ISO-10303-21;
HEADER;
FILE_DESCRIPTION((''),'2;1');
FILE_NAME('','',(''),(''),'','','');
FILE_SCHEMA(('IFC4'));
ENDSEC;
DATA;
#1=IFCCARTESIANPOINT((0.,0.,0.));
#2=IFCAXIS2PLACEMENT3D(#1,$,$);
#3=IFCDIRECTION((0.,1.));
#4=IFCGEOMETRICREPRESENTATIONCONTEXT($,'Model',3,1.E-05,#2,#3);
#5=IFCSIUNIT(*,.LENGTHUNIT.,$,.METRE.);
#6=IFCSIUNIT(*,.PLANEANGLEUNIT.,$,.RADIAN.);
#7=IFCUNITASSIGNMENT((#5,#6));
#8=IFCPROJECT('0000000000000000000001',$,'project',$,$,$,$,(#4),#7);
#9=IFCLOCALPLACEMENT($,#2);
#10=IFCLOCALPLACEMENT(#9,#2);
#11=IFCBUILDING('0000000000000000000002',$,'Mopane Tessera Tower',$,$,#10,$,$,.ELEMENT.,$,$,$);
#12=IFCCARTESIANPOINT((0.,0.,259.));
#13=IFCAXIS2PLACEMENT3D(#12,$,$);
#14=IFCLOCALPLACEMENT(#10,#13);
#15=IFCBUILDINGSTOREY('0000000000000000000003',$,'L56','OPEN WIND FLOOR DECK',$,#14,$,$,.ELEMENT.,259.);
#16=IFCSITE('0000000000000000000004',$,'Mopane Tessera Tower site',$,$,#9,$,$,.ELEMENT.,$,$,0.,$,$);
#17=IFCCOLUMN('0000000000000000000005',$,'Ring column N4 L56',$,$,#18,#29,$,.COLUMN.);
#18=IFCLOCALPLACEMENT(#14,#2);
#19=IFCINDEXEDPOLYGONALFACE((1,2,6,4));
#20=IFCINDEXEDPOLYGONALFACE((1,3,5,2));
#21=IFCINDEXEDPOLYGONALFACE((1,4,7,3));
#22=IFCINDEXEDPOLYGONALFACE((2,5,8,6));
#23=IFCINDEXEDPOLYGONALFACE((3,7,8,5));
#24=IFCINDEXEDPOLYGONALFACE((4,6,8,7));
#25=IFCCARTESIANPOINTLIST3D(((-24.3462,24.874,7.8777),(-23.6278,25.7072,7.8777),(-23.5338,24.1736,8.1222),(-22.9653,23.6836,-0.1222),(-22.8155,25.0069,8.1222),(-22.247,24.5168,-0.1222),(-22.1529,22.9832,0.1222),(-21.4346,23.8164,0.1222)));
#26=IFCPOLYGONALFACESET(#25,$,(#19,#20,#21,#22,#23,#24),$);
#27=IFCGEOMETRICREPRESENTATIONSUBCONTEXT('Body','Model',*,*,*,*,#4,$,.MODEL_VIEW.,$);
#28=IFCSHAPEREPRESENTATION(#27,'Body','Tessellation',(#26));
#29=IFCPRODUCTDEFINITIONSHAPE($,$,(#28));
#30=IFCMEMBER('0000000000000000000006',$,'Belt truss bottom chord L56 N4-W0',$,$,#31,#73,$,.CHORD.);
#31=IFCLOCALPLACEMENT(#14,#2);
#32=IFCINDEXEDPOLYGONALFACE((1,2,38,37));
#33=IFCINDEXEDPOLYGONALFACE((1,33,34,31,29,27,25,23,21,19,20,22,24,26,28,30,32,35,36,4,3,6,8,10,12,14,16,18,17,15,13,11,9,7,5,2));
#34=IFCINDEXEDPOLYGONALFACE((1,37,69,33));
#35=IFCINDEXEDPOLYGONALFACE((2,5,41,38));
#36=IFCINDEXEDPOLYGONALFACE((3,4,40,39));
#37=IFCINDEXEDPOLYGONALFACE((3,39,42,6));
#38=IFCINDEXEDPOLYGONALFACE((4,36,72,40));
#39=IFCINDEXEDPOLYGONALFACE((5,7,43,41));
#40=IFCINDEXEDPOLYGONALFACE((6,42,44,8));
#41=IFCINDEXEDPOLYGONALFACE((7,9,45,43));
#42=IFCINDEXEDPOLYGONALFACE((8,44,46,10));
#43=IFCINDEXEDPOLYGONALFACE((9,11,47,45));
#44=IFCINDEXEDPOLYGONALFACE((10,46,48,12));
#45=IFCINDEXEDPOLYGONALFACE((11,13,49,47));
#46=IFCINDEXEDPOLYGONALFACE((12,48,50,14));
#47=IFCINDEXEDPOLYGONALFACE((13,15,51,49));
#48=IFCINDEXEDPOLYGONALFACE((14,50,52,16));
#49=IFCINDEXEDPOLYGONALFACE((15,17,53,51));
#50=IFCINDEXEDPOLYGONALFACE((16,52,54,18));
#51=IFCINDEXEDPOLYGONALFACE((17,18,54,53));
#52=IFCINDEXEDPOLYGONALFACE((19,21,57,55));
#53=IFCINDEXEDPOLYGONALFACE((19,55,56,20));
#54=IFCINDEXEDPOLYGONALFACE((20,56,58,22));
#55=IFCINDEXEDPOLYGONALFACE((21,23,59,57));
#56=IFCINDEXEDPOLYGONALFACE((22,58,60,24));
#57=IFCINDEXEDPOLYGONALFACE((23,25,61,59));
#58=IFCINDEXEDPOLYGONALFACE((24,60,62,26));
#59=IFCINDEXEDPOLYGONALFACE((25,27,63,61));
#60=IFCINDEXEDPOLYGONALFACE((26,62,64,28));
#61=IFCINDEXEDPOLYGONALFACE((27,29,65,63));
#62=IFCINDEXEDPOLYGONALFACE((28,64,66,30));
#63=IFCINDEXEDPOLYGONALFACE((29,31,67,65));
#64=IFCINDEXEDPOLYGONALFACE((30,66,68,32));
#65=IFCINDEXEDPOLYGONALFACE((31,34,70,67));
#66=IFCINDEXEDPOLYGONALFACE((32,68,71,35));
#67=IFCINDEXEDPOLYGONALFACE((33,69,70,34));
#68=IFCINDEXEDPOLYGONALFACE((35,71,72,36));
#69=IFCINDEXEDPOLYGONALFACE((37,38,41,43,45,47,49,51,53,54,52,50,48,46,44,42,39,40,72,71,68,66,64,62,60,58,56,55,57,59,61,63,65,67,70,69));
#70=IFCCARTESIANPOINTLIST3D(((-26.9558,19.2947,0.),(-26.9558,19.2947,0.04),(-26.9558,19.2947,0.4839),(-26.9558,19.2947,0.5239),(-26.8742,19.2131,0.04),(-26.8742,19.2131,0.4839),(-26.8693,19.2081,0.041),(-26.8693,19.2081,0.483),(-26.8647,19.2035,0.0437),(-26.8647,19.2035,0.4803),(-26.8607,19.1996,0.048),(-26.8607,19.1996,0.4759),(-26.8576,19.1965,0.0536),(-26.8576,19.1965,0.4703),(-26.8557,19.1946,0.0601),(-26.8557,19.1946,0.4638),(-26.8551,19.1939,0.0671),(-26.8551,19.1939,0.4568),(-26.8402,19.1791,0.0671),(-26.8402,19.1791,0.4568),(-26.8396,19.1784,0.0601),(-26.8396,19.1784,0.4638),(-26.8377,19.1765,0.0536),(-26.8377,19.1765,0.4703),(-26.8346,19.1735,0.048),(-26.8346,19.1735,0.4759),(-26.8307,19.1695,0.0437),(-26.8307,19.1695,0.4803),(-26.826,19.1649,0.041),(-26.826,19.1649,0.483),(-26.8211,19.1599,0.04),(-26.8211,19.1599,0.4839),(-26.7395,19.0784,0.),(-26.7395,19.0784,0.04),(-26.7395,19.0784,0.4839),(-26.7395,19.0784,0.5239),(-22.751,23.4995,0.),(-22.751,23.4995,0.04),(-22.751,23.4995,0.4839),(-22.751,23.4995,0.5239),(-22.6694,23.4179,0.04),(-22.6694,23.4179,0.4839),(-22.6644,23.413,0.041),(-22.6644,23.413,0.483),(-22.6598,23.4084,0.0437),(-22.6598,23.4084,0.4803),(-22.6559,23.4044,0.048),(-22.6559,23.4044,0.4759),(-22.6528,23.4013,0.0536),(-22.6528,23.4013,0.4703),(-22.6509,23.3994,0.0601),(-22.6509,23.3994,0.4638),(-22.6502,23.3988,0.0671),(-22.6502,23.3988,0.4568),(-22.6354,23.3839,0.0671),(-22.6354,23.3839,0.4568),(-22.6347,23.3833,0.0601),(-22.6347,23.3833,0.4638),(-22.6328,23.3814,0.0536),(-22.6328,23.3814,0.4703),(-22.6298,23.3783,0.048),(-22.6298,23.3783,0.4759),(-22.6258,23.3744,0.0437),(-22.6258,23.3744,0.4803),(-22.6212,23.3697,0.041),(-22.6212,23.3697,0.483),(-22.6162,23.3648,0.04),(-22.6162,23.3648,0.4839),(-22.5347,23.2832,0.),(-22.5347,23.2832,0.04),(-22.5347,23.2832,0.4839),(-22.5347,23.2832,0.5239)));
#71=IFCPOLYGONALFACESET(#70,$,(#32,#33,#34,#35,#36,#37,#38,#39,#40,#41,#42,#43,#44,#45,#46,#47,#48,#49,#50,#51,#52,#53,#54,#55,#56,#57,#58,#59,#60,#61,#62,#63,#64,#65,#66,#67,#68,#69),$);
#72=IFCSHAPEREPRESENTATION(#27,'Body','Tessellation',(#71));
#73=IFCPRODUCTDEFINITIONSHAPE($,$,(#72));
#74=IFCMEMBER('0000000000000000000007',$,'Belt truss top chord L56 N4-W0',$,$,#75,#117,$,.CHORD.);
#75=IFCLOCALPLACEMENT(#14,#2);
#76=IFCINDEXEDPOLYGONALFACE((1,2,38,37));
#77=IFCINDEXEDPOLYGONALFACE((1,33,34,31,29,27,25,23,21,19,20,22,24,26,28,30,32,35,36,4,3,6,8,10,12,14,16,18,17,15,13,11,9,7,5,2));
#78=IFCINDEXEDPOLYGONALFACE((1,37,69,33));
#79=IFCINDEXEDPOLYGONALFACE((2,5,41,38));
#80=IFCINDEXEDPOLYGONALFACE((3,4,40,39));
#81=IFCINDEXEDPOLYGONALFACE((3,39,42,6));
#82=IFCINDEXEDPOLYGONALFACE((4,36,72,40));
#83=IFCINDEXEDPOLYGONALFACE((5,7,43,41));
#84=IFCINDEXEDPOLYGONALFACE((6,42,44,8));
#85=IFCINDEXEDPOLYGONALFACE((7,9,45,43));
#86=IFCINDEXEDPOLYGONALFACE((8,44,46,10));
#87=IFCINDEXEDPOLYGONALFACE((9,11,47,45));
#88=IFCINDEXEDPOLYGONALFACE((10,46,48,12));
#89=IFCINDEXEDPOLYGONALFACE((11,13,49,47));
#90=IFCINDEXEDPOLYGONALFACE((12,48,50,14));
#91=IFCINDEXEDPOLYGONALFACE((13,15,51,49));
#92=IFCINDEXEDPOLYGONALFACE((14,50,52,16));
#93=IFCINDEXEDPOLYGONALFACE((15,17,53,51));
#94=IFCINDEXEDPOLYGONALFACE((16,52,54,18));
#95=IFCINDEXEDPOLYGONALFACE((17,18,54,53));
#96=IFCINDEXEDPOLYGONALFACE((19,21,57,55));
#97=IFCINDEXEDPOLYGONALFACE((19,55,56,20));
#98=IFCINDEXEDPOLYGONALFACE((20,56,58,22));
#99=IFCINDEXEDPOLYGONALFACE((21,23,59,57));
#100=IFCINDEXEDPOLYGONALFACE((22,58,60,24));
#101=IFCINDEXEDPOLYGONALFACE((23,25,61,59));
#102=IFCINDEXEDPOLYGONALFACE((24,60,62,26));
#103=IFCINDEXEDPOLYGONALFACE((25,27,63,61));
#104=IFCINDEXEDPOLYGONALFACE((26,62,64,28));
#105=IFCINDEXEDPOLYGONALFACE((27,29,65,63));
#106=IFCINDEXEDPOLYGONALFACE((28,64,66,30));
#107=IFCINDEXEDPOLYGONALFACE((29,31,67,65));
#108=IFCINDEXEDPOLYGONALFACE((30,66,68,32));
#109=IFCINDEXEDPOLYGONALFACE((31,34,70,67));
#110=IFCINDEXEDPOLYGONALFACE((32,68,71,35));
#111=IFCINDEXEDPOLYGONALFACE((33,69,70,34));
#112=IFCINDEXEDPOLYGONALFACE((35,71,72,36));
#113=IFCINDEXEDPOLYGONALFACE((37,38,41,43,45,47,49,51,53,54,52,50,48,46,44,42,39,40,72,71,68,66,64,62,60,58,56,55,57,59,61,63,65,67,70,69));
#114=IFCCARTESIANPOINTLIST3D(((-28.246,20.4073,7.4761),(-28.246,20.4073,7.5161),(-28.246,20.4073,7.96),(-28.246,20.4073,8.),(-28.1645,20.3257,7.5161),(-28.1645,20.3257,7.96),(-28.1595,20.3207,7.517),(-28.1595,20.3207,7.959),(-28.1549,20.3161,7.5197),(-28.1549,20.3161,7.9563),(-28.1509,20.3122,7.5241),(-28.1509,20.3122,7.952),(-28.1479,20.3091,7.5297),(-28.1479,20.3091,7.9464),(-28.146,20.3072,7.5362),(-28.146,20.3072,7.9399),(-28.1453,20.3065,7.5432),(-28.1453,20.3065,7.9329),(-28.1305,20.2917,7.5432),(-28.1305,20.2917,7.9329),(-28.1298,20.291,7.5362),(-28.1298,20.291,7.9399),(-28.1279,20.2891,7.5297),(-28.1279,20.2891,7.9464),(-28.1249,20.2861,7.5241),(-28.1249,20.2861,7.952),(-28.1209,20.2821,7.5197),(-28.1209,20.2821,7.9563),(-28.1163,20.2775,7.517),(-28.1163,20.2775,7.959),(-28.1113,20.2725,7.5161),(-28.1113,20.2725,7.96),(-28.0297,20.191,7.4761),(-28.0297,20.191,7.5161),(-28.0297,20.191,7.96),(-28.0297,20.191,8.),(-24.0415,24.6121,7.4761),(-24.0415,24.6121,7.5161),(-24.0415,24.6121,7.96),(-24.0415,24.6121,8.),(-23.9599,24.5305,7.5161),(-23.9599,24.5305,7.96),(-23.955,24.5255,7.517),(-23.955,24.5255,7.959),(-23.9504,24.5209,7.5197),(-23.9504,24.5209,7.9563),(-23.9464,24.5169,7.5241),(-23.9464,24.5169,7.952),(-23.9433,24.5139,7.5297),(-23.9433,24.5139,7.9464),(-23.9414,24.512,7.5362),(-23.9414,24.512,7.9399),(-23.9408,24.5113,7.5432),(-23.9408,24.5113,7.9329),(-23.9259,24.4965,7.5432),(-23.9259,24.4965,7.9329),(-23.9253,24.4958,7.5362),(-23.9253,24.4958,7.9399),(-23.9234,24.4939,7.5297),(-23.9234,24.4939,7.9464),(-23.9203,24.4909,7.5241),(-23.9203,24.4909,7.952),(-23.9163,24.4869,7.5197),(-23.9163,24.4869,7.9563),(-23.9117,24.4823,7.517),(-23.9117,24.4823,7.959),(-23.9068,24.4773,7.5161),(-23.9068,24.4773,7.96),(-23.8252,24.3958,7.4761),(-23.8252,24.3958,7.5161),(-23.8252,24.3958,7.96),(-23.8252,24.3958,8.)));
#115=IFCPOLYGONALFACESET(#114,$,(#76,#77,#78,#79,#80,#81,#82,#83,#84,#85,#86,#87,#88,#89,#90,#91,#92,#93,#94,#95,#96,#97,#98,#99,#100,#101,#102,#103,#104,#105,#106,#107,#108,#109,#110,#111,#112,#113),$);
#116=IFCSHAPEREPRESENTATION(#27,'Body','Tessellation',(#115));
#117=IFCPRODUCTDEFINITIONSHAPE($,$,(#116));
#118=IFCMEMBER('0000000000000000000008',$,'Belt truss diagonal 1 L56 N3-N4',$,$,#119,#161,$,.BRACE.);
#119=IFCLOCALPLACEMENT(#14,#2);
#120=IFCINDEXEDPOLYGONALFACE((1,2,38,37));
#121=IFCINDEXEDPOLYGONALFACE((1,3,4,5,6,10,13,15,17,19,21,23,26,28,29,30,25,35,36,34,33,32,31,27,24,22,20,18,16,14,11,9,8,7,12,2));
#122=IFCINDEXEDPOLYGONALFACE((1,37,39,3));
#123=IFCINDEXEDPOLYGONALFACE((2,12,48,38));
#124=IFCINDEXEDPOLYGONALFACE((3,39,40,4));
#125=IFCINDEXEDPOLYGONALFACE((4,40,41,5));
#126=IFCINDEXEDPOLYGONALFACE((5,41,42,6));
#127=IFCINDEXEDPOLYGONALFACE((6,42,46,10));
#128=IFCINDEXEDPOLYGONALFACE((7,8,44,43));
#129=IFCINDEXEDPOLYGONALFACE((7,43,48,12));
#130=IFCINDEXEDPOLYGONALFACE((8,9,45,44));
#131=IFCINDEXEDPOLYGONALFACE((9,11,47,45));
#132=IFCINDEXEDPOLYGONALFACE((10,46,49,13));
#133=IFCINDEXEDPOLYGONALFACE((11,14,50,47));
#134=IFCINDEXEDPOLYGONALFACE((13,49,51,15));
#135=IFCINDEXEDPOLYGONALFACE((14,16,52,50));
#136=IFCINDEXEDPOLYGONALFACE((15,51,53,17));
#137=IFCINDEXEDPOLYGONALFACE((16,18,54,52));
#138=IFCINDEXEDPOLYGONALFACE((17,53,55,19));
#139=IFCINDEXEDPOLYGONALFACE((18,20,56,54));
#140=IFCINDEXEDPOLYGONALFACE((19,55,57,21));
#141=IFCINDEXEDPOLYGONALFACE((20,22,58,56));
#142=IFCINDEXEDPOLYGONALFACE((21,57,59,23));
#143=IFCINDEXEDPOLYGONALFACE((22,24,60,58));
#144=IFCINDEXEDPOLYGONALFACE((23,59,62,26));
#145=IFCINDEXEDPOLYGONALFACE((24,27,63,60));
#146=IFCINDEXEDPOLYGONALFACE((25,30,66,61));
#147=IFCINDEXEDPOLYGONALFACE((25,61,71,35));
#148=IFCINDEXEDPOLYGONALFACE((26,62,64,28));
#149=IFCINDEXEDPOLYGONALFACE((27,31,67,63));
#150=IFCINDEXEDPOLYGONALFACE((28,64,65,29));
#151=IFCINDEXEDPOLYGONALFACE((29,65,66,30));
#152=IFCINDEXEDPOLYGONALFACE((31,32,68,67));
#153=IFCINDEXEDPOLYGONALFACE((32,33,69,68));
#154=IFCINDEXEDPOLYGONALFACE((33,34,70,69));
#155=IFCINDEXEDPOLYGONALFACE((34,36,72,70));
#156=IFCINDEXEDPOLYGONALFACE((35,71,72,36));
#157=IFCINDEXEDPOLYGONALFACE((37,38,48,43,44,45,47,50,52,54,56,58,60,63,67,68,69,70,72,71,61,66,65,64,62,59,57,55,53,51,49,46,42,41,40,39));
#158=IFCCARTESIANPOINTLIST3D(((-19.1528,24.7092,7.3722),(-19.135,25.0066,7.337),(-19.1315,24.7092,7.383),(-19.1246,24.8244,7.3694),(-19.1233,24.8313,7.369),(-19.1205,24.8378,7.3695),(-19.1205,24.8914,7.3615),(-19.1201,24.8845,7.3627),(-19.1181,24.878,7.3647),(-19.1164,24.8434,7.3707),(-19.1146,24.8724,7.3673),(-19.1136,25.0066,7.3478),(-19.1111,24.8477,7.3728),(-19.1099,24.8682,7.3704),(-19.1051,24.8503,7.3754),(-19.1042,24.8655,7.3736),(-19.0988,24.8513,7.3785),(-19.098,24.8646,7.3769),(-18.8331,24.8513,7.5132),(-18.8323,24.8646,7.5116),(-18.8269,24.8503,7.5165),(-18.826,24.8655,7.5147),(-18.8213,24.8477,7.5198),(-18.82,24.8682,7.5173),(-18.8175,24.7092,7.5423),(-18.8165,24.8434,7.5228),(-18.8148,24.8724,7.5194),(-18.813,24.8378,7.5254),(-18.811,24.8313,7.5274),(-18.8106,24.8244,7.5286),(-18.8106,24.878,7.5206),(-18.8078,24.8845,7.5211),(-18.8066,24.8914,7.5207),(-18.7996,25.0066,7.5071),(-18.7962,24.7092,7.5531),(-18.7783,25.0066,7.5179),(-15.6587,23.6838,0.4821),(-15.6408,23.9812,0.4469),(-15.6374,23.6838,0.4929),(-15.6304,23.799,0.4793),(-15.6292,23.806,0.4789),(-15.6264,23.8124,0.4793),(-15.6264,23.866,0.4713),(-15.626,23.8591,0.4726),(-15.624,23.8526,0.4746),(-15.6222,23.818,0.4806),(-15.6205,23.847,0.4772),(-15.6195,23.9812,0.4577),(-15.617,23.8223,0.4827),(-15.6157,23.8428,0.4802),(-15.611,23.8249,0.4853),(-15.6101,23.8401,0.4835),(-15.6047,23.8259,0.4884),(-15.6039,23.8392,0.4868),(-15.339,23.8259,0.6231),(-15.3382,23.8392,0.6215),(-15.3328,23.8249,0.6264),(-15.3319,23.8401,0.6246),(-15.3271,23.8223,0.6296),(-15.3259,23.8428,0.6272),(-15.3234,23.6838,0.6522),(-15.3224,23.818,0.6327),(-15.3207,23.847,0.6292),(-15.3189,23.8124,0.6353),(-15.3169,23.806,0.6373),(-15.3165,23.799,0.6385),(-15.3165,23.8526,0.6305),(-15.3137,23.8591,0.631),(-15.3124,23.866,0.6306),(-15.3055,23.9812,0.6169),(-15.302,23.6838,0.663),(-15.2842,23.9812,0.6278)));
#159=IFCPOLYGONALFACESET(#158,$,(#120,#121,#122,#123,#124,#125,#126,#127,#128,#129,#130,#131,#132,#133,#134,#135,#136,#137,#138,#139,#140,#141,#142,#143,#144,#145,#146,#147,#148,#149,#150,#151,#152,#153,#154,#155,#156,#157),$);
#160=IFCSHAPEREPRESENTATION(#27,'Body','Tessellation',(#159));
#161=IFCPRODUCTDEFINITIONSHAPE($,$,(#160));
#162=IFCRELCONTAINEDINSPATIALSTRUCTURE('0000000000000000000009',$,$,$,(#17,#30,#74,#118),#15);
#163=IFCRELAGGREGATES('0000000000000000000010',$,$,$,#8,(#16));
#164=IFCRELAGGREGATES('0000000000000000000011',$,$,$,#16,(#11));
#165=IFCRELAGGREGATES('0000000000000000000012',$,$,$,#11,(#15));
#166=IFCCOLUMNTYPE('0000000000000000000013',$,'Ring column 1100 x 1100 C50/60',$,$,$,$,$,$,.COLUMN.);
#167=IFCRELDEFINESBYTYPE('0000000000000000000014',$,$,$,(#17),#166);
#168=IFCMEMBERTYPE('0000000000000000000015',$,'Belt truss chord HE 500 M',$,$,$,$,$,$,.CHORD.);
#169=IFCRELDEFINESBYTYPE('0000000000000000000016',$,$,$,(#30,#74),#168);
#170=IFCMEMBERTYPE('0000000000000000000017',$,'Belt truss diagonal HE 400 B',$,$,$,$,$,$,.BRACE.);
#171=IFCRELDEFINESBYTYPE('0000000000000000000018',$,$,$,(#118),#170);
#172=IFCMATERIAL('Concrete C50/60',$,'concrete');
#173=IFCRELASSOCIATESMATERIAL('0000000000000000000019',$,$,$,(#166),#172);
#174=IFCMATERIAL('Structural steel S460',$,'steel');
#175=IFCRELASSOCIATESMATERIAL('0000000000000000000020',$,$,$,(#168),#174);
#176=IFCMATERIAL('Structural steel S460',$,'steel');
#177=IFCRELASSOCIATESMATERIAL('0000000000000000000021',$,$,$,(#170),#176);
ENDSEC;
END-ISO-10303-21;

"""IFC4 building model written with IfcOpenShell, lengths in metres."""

from ifc_helpers import new_model, si_unit, direction, frame, origin, origin_2d, place, context, subcontext, project, spatial, rectangle, i_section, extrude, material, material_profile, profile_set, type_object, element, save


model = new_model("IFC4")

# Units and contexts
model_context = context("Model", 3, precision=1e-05, world=origin(), true_north=direction((0.0, 1.0)))
body_context = subcontext(model_context, "Body", "Model", "MODEL_VIEW")
ifc_project = project(units=[si_unit("LENGTHUNIT", "METRE"), si_unit("PLANEANGLEUNIT", "RADIAN")], contexts=[model_context])

# Site, building, storey
site_placement = place(None, origin())
site = spatial("IfcSite", under=ifc_project, at=site_placement, Name="Mopane Tessera Tower site", CompositionType="ELEMENT", RefElevation=0.0)
building_placement = place(site_placement, origin())
building = spatial("IfcBuilding", under=site, at=building_placement, Name="Mopane Tessera Tower", CompositionType="ELEMENT")
storey_placement = place(building_placement, frame((0.0, 0.0, 259.0)))
storey = spatial("IfcBuildingStorey", under=building, at=storey_placement, Name="L56", Description="OPEN WIND FLOOR DECK", CompositionType="ELEMENT", Elevation=259.0)

# Column
ifc_material_1 = material(Name="Concrete C50/60", Category="concrete")
ifc_material_profile_1 = material_profile(ifc_material_1, rectangle(XDim=1.1001, YDim=1.1001, at=origin_2d()))
ifc_profile_set_1 = profile_set([ifc_material_profile_1], Name="Concrete C50/60")
column_type = type_object("IfcColumnType", Name="Ring column 1100 x 1100 C50/60", PredefinedType="COLUMN", material=ifc_profile_set_1)
column_placement = place(storey_placement, frame((-22.2, 23.75, 0.0), z_axis=(-0.168293, 0.145084, 0.975002), x_axis=(-0.65295, -0.757401, 0.0)))
element("IfcColumn", 1, at=column_placement, inside=storey, type_object=column_type, Name="Ring column N4 L56", PredefinedType="COLUMN", context=body_context, shape_type="SweptSolid", body=[
    extrude(rectangle(XDim=1.1001, YDim=1.1001, at=origin_2d()), origin(), (0.0, 0.0, 1.0), 8.2051),
])

# Members
ifc_material_2 = material(Name="Structural steel S460", Category="steel")
ifc_material_profile_2 = material_profile(ifc_material_2, i_section(OverallWidth=0.3059, OverallDepth=0.5239, WebThickness=0.021, FlangeThickness=0.04, FilletRadius=0.0271, at=origin_2d()))
ifc_profile_set_2 = profile_set([ifc_material_profile_2], Name="Structural steel S460")
member_type_1 = type_object("IfcMemberType", Name="Belt truss chord HE 500 M", PredefinedType="CHORD", material=ifc_profile_set_2)
member_1_placement = place(storey_placement, frame((-22.6428, 23.3914, 0.262), z_axis=(-0.707107, -0.707107, 0.0), x_axis=(0.707107, -0.707107, 0.0)))
element("IfcMember", 2, at=member_1_placement, inside=storey, type_object=member_type_1, Name="Belt truss bottom chord L56 N4-W0", PredefinedType="CHORD", context=body_context, shape_type="SweptSolid", body=[
    extrude(i_section(OverallWidth=0.3059, OverallDepth=0.5239, WebThickness=0.021, FlangeThickness=0.04, FilletRadius=0.0271, at=origin_2d()), origin(), (0.0, 0.0, 1.0), 5.9465),
])
member_2_placement = place(storey_placement, frame((-23.9333, 24.5039, 7.738), z_axis=(-0.707086, -0.707127, 0.0), x_axis=(0.707127, -0.707086, 0.0)))
element("IfcMember", 3, at=member_2_placement, inside=storey, type_object=member_type_1, Name="Belt truss top chord L56 N4-W0", PredefinedType="CHORD", context=body_context, shape_type="SweptSolid", body=[
    extrude(i_section(OverallWidth=0.3059, OverallDepth=0.5239, WebThickness=0.021, FlangeThickness=0.04, FilletRadius=0.0271, at=origin_2d()), origin(), (0.0, 0.0, 1.0), 5.9463),
])
ifc_material_3 = material(Name="Structural steel S460", Category="steel")
ifc_material_profile_3 = material_profile(ifc_material_3, i_section(OverallWidth=0.3, OverallDepth=0.3999, WebThickness=0.0134, FlangeThickness=0.0239, FilletRadius=0.0271, at=origin_2d()))
ifc_profile_set_3 = profile_set([ifc_material_profile_3], Name="Structural steel S460")
member_type_2 = type_object("IfcMemberType", Name="Belt truss diagonal HE 400 B", PredefinedType="BRACE", material=ifc_profile_set_3)
member_3_placement = place(storey_placement, frame((-15.4714, 23.8325, 0.5549), z_axis=(-0.448356, 0.131575, 0.884118), x_axis=(-0.059511, -0.991306, 0.117347)))
element("IfcMember", 4, at=member_3_placement, inside=storey, type_object=member_type_2, Name="Belt truss diagonal 1 L56 N3-N4", PredefinedType="BRACE", context=body_context, shape_type="SweptSolid", body=[
    extrude(i_section(OverallWidth=0.3, OverallDepth=0.3999, WebThickness=0.0134, FlangeThickness=0.0239, FilletRadius=0.0271, at=origin_2d()), origin(), (0.0, 0.0, 1.0), 7.7932),
])

save(model, "model.ifc")
